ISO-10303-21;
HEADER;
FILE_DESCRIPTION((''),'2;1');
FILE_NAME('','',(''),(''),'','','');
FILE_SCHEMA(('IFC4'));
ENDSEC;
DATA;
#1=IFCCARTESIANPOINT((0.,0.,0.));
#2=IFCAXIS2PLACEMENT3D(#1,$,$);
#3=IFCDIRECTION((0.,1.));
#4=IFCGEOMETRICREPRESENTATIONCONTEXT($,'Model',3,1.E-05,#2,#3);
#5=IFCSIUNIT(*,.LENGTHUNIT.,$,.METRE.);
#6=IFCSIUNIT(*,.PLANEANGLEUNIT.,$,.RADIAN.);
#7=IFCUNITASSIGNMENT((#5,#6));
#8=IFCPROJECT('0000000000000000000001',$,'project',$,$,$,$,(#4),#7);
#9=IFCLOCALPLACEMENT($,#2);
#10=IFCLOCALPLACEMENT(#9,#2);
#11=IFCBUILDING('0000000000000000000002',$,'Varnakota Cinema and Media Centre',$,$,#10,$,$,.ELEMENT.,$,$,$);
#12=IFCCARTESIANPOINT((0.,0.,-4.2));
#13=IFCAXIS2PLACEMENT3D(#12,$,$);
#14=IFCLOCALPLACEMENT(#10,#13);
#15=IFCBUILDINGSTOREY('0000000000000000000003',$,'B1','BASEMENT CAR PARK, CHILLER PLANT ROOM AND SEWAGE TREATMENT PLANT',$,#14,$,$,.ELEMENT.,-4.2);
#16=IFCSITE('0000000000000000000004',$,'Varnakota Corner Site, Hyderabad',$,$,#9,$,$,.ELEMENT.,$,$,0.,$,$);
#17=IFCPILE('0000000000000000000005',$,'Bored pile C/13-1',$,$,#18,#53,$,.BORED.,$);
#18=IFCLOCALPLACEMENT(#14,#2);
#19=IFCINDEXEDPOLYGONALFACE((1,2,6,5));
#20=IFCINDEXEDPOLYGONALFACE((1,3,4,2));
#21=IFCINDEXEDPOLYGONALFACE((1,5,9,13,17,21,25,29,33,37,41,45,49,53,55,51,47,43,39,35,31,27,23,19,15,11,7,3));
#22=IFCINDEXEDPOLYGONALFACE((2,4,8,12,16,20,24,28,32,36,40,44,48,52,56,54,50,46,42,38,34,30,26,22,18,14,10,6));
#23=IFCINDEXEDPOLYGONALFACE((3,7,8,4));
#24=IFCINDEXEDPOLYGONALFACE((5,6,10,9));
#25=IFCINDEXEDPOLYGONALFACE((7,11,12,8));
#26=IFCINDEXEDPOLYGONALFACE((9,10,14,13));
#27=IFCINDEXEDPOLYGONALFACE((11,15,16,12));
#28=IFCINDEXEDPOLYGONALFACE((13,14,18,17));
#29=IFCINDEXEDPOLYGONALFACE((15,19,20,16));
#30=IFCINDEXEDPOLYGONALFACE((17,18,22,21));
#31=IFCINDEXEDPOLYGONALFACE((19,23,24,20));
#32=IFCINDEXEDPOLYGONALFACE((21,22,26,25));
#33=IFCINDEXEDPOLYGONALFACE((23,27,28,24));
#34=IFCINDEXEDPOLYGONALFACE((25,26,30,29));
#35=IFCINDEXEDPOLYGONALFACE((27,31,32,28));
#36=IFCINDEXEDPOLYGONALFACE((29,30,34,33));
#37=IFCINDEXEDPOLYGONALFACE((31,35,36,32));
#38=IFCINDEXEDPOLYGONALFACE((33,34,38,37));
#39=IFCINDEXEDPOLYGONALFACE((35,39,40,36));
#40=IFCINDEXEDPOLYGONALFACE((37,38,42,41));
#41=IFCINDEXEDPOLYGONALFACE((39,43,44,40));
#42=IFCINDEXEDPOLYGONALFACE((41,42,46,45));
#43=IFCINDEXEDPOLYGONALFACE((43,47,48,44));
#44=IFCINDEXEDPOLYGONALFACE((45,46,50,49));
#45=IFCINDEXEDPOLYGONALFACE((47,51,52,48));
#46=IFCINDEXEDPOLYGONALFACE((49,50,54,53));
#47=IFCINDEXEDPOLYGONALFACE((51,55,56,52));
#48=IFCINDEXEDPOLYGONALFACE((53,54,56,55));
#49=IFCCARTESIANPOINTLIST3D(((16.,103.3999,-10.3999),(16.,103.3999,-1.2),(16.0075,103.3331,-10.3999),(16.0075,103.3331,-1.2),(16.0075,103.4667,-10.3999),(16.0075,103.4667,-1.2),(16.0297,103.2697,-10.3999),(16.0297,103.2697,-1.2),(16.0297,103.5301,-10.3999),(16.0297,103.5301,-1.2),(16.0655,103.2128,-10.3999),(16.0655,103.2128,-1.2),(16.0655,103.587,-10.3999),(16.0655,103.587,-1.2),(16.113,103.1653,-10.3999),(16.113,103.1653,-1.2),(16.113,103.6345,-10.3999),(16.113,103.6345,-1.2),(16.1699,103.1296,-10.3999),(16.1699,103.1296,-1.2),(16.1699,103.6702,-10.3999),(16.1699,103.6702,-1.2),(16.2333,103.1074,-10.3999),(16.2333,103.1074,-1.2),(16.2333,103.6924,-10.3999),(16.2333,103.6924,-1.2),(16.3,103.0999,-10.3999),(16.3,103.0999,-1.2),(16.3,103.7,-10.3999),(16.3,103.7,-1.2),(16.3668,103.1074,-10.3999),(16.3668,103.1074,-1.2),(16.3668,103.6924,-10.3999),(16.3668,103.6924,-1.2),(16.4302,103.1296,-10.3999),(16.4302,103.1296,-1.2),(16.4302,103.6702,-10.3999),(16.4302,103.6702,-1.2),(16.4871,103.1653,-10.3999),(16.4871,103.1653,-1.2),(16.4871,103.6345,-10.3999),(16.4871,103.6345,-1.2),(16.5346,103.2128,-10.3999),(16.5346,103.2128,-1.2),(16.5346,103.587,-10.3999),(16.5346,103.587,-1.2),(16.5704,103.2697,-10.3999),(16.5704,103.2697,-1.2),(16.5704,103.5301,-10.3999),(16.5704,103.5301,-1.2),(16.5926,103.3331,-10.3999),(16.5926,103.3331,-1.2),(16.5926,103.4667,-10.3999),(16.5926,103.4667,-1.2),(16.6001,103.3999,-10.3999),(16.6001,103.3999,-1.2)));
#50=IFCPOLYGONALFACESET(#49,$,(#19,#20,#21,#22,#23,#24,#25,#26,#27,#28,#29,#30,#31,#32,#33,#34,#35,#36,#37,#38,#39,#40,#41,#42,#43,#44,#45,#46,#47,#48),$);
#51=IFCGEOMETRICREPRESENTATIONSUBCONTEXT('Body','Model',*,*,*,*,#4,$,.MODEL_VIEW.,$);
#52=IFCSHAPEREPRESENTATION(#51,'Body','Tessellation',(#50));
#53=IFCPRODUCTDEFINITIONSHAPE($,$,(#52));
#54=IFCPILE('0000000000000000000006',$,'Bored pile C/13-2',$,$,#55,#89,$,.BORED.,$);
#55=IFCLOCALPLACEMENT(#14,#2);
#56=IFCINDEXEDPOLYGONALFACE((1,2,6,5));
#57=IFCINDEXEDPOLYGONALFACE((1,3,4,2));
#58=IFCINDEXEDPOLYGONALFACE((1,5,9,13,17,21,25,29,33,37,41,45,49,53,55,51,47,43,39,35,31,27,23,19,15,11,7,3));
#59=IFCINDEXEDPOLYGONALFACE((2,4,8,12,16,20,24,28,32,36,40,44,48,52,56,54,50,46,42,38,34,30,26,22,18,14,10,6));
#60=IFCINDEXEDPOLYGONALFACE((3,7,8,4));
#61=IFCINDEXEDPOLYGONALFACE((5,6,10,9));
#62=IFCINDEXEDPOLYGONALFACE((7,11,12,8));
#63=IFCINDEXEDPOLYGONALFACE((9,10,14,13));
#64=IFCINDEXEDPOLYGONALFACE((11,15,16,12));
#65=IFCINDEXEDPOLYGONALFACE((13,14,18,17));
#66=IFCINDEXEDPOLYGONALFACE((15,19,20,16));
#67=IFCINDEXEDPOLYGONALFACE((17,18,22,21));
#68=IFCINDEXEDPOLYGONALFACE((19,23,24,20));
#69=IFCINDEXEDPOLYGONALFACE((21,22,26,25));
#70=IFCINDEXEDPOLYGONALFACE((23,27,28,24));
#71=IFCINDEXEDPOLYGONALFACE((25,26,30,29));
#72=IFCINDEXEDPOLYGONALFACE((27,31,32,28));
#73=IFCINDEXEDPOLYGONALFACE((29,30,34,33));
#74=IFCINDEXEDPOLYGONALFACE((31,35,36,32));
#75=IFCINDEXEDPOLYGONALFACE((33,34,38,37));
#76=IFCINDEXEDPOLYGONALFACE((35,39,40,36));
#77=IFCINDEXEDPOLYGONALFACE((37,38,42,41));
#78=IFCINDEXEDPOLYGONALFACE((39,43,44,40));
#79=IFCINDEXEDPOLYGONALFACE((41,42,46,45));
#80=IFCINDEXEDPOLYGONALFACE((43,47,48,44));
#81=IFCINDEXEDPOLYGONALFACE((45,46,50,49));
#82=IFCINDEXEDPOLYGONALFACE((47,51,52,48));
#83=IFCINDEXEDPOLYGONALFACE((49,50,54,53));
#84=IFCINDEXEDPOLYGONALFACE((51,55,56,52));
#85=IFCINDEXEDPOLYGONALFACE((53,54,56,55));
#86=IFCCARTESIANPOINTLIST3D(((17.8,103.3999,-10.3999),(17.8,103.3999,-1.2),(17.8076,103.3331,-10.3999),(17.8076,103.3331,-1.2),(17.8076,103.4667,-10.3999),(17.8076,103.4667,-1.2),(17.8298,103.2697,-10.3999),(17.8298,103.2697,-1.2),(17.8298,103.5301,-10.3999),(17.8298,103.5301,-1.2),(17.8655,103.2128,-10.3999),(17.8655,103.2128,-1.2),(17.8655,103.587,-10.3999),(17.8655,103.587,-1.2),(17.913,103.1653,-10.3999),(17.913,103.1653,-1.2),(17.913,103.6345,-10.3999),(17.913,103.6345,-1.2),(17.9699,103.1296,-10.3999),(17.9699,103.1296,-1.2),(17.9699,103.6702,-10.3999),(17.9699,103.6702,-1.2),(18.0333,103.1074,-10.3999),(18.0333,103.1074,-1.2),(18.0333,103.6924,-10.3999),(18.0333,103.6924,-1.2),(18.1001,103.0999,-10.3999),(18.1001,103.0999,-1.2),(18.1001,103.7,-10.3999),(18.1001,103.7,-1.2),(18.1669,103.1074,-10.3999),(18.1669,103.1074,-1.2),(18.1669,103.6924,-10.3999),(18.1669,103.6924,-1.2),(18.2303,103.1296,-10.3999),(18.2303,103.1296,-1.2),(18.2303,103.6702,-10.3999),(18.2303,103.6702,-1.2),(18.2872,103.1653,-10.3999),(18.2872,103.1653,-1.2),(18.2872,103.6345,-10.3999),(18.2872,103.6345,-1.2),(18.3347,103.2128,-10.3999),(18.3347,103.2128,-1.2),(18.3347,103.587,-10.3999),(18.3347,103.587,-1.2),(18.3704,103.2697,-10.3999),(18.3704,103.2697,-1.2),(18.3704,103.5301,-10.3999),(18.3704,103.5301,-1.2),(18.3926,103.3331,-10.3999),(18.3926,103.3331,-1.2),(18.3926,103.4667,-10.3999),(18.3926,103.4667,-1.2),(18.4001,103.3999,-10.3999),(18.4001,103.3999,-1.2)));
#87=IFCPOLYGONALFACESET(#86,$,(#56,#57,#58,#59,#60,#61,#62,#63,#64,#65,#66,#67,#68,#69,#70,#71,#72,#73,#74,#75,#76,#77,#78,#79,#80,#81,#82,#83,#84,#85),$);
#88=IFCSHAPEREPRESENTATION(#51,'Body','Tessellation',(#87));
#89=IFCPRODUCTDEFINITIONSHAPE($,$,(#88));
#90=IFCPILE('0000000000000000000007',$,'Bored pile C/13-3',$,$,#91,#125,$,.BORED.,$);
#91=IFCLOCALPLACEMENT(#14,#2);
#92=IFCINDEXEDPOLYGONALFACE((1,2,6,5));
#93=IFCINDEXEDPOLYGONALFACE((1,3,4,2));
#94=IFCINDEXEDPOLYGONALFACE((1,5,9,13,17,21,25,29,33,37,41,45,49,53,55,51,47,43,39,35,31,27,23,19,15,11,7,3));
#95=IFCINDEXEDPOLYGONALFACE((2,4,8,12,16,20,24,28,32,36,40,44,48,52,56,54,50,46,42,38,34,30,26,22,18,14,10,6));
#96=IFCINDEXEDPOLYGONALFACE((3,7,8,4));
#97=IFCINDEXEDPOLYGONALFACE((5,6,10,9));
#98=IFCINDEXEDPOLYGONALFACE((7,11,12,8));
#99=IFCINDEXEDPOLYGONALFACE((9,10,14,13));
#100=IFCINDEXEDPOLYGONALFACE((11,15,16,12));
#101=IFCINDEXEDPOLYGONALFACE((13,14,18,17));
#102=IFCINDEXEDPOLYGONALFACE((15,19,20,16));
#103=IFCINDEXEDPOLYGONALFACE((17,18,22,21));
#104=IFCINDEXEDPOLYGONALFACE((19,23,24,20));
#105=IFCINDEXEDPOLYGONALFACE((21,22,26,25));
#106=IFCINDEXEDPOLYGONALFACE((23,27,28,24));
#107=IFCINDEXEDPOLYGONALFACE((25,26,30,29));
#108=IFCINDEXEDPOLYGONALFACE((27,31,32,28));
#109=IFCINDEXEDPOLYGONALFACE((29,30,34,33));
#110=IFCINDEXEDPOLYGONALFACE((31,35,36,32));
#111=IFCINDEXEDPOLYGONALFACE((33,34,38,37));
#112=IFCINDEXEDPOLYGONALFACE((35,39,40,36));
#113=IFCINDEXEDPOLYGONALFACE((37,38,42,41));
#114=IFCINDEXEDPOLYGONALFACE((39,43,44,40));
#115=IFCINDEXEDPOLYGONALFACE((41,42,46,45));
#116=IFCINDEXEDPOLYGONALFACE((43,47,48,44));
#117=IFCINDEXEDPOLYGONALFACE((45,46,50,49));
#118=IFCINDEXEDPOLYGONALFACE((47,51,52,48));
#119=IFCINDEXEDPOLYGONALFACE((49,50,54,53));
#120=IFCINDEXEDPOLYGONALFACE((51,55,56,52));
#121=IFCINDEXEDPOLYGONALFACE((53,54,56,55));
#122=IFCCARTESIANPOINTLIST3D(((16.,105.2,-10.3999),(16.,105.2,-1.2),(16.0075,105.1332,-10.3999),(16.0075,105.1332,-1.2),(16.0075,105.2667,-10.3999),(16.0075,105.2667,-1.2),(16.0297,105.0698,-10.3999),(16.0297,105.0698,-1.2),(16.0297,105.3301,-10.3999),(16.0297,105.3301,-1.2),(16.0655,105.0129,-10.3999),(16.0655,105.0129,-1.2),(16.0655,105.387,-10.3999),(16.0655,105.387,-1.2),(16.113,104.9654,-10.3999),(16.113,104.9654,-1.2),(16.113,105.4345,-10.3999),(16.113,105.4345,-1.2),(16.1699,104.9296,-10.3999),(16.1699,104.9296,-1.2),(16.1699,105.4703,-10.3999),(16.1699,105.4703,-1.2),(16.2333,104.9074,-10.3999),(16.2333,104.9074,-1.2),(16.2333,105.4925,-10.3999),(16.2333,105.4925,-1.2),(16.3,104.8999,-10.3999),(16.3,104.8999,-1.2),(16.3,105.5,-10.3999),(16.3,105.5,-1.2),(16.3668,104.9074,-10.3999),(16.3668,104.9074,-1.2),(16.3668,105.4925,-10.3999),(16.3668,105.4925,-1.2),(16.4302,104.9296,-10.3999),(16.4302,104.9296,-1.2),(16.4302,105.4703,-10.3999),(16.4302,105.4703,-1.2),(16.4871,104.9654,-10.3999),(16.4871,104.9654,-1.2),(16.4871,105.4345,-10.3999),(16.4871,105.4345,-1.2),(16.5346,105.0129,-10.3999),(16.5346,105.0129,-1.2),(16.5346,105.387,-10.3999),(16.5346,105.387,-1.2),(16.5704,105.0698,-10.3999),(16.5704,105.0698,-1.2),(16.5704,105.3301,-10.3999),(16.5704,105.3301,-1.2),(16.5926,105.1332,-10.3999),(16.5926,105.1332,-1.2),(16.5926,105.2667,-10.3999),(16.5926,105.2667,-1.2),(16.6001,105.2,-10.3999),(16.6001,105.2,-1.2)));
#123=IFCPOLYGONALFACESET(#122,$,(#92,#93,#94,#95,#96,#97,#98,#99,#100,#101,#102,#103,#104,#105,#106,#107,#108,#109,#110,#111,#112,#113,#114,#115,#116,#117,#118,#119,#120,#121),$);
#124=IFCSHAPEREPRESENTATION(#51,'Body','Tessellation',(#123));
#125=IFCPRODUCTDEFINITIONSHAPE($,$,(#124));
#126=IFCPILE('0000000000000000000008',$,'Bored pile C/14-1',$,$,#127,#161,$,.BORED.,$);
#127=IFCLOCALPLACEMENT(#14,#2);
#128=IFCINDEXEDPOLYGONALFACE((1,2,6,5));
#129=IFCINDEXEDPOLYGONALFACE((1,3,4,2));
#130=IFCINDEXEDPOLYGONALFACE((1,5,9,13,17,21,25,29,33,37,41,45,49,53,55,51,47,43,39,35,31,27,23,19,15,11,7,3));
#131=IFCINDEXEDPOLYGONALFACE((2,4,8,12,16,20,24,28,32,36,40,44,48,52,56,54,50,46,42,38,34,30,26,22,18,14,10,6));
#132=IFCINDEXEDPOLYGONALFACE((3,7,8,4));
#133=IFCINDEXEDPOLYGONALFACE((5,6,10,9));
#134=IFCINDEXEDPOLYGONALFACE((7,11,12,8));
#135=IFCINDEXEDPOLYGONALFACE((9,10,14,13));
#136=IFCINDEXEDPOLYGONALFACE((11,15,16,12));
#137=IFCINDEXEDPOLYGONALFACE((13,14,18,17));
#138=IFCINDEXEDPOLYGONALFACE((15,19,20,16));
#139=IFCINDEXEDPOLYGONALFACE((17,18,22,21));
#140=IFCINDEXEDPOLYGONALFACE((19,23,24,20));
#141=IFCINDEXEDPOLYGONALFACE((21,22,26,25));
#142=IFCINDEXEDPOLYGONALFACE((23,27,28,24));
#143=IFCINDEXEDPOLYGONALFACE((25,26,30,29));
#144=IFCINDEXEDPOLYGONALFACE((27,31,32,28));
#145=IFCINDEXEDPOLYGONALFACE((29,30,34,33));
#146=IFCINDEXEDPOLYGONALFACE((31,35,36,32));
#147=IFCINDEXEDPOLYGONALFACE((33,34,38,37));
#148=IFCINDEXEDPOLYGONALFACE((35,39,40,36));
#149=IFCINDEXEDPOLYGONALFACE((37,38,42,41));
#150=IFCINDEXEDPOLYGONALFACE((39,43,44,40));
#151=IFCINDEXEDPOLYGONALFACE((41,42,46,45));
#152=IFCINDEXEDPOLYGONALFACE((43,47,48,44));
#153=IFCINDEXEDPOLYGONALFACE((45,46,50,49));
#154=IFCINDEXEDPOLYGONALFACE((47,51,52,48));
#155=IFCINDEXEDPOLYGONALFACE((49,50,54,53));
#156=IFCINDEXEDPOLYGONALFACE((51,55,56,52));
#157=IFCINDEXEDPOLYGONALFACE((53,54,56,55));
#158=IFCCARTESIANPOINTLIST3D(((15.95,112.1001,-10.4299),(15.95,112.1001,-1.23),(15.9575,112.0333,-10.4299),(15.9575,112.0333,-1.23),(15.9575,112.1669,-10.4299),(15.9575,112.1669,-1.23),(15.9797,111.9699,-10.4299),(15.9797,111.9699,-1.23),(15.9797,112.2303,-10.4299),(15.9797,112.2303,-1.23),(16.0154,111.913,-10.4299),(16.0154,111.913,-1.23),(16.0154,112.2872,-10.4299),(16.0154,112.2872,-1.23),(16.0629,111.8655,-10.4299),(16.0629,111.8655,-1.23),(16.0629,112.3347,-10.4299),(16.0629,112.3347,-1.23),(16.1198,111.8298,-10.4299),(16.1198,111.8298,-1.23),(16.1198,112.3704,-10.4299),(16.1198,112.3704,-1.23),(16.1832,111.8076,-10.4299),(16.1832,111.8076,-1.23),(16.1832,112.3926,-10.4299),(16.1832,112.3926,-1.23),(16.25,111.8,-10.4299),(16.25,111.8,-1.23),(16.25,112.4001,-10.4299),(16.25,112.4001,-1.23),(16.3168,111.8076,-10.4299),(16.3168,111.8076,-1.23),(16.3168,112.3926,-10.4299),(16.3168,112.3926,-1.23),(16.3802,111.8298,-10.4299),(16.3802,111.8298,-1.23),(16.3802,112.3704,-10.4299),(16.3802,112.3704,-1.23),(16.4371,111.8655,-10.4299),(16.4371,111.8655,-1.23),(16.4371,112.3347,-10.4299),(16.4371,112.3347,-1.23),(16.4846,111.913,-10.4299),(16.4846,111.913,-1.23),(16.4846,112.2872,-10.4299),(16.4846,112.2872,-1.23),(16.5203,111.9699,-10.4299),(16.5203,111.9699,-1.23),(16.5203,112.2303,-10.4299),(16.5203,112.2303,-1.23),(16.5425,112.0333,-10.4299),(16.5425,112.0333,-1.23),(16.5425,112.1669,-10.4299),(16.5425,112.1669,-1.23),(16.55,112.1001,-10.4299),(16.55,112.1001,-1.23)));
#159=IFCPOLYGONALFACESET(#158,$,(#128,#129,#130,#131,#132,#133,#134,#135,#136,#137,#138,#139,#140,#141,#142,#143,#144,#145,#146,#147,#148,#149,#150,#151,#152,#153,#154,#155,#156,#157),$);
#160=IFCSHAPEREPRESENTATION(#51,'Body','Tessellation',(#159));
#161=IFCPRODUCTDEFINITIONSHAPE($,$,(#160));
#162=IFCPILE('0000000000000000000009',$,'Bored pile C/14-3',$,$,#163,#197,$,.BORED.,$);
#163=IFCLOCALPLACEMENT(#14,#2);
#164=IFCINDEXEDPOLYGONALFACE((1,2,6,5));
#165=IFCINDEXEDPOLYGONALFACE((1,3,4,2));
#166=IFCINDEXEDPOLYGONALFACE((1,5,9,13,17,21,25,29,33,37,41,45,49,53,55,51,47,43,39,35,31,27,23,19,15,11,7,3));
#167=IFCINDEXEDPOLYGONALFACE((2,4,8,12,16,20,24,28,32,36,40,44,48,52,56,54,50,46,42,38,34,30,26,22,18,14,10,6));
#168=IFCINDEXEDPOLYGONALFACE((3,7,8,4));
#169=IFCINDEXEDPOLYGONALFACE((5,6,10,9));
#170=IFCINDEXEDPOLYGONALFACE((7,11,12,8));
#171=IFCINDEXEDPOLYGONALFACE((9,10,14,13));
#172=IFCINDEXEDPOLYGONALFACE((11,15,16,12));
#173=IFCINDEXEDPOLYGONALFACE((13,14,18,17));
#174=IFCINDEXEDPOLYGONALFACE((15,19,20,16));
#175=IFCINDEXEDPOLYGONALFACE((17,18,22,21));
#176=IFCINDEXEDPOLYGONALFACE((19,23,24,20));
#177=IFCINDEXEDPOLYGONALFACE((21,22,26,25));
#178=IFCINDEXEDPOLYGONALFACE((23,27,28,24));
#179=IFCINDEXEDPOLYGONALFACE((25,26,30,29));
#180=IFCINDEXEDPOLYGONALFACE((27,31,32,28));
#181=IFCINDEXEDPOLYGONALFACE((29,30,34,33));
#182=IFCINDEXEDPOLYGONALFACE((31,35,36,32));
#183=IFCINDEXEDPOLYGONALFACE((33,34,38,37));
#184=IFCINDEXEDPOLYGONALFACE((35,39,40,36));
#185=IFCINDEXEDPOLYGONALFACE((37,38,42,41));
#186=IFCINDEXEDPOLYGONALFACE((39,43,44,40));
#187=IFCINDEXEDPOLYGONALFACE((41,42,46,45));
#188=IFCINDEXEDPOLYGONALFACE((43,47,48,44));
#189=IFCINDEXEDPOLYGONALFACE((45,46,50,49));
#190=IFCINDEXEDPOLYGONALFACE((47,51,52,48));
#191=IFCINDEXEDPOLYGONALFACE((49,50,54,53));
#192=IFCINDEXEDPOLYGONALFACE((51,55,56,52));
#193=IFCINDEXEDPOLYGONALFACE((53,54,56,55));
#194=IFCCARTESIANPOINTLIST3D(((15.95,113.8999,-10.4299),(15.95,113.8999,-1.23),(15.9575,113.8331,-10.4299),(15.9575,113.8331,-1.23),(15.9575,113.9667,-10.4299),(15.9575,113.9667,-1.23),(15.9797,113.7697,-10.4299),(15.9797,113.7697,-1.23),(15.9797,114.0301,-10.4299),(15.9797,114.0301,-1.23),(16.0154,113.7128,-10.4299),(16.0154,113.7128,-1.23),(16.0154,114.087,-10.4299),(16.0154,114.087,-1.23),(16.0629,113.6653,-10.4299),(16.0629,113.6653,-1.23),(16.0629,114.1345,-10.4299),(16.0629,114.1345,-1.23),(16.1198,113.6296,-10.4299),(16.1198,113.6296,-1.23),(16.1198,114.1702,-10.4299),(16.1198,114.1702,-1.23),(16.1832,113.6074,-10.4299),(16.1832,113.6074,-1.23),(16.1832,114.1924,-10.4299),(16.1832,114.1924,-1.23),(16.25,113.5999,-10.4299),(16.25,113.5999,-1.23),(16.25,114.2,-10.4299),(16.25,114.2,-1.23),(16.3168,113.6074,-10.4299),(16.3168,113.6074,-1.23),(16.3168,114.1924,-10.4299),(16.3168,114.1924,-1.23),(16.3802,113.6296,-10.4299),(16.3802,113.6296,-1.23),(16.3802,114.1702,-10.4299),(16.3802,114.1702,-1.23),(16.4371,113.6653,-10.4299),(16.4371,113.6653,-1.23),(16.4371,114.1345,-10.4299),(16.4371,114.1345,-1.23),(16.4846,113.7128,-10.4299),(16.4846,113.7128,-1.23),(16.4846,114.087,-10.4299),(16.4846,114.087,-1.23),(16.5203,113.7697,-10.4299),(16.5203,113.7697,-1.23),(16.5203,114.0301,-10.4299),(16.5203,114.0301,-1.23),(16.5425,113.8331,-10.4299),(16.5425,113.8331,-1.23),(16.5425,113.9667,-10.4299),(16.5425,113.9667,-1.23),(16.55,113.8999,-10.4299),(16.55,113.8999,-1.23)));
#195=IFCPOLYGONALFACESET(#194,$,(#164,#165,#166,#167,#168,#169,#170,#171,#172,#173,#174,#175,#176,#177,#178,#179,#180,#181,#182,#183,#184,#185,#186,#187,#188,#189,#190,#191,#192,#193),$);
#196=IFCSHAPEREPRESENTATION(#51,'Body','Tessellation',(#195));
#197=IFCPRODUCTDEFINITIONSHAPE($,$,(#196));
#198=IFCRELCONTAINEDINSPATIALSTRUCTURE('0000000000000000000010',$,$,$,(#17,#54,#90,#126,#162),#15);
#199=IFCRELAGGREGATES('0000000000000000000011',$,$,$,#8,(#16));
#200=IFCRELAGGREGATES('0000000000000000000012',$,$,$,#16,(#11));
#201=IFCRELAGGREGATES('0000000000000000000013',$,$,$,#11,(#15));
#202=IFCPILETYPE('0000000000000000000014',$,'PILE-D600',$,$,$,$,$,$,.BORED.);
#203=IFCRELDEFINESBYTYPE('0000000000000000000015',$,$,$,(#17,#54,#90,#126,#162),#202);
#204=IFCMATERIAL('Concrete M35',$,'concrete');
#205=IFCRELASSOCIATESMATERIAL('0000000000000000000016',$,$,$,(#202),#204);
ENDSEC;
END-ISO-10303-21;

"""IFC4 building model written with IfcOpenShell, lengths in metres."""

from ifc_helpers import new_model, si_unit, direction, frame, origin, origin_2d, place, context, subcontext, project, spatial, circle, extrude, material, material_profile, profile_set, type_object, element, save


model = new_model("IFC4")

# Units and contexts
model_context = context("Model", 3, precision=1e-05, world=origin(), true_north=direction((0.0, 1.0)))
body_context = subcontext(model_context, "Body", "Model", "MODEL_VIEW")
ifc_project = project(units=[si_unit("LENGTHUNIT", "METRE"), si_unit("PLANEANGLEUNIT", "RADIAN")], contexts=[model_context])

# Site, building, storey
site_placement = place(None, origin())
site = spatial("IfcSite", under=ifc_project, at=site_placement, Name="Varnakota Corner Site, Hyderabad", CompositionType="ELEMENT", RefElevation=0.0)
building_placement = place(site_placement, origin())
building = spatial("IfcBuilding", under=site, at=building_placement, Name="Varnakota Cinema and Media Centre", CompositionType="ELEMENT")
storey_placement = place(building_placement, frame((0.0, 0.0, -4.2)))
storey = spatial("IfcBuildingStorey", under=building, at=storey_placement, Name="B1", Description="BASEMENT CAR PARK, CHILLER PLANT ROOM AND SEWAGE TREATMENT PLANT", CompositionType="ELEMENT", Elevation=-4.2)

# Piles
ifc_material_1 = material(Name="Concrete M35", Category="concrete")
ifc_material_profile_1 = material_profile(ifc_material_1, circle(Radius=0.3, at=origin_2d()), Name="PILE D600")
ifc_profile_set_1 = profile_set([ifc_material_profile_1], Name="Concrete M35")
pile_type_1 = type_object("IfcPileType", Name="PILE-D600", PredefinedType="BORED", material=ifc_profile_set_1)
for number, where, z_axis, x_axis, name in (
    (1, (16.3, 103.3999, -1.2), (0.0, 0.0, -1.0), (1.0, 0.0, 0.0), "Bored pile C/13-1"),
    (2, (18.1001, 103.3999, -1.2), (0.0, 0.0, -1.0), (1.0, 0.0, 0.0), "Bored pile C/13-2"),
    (3, (16.3, 105.2, -1.2), (0.0, 0.0, -1.0), (1.0, 0.0, 0.0), "Bored pile C/13-3"),
    (4, (16.25, 112.1001, -1.23), (0.0, 0.0, -1.0), (1.0, 0.0, 0.0), "Bored pile C/14-1"),
    (5, (16.25, 113.8999, -1.23), (0.0, 0.0, -1.0), (1.0, 0.0, 0.0), "Bored pile C/14-3"),
):
    element("IfcPile", number, at=place(storey_placement, frame(where, z_axis=z_axis, x_axis=x_axis)), inside=storey, type_object=pile_type_1, Name=name, PredefinedType="BORED", context=body_context, shape_type="SweptSolid", body=[
        extrude(circle(Radius=0.3, at=origin_2d()), origin(), (0.0, 0.0, 1.0), 9.2),
    ])

save(model, "model.ifc")
